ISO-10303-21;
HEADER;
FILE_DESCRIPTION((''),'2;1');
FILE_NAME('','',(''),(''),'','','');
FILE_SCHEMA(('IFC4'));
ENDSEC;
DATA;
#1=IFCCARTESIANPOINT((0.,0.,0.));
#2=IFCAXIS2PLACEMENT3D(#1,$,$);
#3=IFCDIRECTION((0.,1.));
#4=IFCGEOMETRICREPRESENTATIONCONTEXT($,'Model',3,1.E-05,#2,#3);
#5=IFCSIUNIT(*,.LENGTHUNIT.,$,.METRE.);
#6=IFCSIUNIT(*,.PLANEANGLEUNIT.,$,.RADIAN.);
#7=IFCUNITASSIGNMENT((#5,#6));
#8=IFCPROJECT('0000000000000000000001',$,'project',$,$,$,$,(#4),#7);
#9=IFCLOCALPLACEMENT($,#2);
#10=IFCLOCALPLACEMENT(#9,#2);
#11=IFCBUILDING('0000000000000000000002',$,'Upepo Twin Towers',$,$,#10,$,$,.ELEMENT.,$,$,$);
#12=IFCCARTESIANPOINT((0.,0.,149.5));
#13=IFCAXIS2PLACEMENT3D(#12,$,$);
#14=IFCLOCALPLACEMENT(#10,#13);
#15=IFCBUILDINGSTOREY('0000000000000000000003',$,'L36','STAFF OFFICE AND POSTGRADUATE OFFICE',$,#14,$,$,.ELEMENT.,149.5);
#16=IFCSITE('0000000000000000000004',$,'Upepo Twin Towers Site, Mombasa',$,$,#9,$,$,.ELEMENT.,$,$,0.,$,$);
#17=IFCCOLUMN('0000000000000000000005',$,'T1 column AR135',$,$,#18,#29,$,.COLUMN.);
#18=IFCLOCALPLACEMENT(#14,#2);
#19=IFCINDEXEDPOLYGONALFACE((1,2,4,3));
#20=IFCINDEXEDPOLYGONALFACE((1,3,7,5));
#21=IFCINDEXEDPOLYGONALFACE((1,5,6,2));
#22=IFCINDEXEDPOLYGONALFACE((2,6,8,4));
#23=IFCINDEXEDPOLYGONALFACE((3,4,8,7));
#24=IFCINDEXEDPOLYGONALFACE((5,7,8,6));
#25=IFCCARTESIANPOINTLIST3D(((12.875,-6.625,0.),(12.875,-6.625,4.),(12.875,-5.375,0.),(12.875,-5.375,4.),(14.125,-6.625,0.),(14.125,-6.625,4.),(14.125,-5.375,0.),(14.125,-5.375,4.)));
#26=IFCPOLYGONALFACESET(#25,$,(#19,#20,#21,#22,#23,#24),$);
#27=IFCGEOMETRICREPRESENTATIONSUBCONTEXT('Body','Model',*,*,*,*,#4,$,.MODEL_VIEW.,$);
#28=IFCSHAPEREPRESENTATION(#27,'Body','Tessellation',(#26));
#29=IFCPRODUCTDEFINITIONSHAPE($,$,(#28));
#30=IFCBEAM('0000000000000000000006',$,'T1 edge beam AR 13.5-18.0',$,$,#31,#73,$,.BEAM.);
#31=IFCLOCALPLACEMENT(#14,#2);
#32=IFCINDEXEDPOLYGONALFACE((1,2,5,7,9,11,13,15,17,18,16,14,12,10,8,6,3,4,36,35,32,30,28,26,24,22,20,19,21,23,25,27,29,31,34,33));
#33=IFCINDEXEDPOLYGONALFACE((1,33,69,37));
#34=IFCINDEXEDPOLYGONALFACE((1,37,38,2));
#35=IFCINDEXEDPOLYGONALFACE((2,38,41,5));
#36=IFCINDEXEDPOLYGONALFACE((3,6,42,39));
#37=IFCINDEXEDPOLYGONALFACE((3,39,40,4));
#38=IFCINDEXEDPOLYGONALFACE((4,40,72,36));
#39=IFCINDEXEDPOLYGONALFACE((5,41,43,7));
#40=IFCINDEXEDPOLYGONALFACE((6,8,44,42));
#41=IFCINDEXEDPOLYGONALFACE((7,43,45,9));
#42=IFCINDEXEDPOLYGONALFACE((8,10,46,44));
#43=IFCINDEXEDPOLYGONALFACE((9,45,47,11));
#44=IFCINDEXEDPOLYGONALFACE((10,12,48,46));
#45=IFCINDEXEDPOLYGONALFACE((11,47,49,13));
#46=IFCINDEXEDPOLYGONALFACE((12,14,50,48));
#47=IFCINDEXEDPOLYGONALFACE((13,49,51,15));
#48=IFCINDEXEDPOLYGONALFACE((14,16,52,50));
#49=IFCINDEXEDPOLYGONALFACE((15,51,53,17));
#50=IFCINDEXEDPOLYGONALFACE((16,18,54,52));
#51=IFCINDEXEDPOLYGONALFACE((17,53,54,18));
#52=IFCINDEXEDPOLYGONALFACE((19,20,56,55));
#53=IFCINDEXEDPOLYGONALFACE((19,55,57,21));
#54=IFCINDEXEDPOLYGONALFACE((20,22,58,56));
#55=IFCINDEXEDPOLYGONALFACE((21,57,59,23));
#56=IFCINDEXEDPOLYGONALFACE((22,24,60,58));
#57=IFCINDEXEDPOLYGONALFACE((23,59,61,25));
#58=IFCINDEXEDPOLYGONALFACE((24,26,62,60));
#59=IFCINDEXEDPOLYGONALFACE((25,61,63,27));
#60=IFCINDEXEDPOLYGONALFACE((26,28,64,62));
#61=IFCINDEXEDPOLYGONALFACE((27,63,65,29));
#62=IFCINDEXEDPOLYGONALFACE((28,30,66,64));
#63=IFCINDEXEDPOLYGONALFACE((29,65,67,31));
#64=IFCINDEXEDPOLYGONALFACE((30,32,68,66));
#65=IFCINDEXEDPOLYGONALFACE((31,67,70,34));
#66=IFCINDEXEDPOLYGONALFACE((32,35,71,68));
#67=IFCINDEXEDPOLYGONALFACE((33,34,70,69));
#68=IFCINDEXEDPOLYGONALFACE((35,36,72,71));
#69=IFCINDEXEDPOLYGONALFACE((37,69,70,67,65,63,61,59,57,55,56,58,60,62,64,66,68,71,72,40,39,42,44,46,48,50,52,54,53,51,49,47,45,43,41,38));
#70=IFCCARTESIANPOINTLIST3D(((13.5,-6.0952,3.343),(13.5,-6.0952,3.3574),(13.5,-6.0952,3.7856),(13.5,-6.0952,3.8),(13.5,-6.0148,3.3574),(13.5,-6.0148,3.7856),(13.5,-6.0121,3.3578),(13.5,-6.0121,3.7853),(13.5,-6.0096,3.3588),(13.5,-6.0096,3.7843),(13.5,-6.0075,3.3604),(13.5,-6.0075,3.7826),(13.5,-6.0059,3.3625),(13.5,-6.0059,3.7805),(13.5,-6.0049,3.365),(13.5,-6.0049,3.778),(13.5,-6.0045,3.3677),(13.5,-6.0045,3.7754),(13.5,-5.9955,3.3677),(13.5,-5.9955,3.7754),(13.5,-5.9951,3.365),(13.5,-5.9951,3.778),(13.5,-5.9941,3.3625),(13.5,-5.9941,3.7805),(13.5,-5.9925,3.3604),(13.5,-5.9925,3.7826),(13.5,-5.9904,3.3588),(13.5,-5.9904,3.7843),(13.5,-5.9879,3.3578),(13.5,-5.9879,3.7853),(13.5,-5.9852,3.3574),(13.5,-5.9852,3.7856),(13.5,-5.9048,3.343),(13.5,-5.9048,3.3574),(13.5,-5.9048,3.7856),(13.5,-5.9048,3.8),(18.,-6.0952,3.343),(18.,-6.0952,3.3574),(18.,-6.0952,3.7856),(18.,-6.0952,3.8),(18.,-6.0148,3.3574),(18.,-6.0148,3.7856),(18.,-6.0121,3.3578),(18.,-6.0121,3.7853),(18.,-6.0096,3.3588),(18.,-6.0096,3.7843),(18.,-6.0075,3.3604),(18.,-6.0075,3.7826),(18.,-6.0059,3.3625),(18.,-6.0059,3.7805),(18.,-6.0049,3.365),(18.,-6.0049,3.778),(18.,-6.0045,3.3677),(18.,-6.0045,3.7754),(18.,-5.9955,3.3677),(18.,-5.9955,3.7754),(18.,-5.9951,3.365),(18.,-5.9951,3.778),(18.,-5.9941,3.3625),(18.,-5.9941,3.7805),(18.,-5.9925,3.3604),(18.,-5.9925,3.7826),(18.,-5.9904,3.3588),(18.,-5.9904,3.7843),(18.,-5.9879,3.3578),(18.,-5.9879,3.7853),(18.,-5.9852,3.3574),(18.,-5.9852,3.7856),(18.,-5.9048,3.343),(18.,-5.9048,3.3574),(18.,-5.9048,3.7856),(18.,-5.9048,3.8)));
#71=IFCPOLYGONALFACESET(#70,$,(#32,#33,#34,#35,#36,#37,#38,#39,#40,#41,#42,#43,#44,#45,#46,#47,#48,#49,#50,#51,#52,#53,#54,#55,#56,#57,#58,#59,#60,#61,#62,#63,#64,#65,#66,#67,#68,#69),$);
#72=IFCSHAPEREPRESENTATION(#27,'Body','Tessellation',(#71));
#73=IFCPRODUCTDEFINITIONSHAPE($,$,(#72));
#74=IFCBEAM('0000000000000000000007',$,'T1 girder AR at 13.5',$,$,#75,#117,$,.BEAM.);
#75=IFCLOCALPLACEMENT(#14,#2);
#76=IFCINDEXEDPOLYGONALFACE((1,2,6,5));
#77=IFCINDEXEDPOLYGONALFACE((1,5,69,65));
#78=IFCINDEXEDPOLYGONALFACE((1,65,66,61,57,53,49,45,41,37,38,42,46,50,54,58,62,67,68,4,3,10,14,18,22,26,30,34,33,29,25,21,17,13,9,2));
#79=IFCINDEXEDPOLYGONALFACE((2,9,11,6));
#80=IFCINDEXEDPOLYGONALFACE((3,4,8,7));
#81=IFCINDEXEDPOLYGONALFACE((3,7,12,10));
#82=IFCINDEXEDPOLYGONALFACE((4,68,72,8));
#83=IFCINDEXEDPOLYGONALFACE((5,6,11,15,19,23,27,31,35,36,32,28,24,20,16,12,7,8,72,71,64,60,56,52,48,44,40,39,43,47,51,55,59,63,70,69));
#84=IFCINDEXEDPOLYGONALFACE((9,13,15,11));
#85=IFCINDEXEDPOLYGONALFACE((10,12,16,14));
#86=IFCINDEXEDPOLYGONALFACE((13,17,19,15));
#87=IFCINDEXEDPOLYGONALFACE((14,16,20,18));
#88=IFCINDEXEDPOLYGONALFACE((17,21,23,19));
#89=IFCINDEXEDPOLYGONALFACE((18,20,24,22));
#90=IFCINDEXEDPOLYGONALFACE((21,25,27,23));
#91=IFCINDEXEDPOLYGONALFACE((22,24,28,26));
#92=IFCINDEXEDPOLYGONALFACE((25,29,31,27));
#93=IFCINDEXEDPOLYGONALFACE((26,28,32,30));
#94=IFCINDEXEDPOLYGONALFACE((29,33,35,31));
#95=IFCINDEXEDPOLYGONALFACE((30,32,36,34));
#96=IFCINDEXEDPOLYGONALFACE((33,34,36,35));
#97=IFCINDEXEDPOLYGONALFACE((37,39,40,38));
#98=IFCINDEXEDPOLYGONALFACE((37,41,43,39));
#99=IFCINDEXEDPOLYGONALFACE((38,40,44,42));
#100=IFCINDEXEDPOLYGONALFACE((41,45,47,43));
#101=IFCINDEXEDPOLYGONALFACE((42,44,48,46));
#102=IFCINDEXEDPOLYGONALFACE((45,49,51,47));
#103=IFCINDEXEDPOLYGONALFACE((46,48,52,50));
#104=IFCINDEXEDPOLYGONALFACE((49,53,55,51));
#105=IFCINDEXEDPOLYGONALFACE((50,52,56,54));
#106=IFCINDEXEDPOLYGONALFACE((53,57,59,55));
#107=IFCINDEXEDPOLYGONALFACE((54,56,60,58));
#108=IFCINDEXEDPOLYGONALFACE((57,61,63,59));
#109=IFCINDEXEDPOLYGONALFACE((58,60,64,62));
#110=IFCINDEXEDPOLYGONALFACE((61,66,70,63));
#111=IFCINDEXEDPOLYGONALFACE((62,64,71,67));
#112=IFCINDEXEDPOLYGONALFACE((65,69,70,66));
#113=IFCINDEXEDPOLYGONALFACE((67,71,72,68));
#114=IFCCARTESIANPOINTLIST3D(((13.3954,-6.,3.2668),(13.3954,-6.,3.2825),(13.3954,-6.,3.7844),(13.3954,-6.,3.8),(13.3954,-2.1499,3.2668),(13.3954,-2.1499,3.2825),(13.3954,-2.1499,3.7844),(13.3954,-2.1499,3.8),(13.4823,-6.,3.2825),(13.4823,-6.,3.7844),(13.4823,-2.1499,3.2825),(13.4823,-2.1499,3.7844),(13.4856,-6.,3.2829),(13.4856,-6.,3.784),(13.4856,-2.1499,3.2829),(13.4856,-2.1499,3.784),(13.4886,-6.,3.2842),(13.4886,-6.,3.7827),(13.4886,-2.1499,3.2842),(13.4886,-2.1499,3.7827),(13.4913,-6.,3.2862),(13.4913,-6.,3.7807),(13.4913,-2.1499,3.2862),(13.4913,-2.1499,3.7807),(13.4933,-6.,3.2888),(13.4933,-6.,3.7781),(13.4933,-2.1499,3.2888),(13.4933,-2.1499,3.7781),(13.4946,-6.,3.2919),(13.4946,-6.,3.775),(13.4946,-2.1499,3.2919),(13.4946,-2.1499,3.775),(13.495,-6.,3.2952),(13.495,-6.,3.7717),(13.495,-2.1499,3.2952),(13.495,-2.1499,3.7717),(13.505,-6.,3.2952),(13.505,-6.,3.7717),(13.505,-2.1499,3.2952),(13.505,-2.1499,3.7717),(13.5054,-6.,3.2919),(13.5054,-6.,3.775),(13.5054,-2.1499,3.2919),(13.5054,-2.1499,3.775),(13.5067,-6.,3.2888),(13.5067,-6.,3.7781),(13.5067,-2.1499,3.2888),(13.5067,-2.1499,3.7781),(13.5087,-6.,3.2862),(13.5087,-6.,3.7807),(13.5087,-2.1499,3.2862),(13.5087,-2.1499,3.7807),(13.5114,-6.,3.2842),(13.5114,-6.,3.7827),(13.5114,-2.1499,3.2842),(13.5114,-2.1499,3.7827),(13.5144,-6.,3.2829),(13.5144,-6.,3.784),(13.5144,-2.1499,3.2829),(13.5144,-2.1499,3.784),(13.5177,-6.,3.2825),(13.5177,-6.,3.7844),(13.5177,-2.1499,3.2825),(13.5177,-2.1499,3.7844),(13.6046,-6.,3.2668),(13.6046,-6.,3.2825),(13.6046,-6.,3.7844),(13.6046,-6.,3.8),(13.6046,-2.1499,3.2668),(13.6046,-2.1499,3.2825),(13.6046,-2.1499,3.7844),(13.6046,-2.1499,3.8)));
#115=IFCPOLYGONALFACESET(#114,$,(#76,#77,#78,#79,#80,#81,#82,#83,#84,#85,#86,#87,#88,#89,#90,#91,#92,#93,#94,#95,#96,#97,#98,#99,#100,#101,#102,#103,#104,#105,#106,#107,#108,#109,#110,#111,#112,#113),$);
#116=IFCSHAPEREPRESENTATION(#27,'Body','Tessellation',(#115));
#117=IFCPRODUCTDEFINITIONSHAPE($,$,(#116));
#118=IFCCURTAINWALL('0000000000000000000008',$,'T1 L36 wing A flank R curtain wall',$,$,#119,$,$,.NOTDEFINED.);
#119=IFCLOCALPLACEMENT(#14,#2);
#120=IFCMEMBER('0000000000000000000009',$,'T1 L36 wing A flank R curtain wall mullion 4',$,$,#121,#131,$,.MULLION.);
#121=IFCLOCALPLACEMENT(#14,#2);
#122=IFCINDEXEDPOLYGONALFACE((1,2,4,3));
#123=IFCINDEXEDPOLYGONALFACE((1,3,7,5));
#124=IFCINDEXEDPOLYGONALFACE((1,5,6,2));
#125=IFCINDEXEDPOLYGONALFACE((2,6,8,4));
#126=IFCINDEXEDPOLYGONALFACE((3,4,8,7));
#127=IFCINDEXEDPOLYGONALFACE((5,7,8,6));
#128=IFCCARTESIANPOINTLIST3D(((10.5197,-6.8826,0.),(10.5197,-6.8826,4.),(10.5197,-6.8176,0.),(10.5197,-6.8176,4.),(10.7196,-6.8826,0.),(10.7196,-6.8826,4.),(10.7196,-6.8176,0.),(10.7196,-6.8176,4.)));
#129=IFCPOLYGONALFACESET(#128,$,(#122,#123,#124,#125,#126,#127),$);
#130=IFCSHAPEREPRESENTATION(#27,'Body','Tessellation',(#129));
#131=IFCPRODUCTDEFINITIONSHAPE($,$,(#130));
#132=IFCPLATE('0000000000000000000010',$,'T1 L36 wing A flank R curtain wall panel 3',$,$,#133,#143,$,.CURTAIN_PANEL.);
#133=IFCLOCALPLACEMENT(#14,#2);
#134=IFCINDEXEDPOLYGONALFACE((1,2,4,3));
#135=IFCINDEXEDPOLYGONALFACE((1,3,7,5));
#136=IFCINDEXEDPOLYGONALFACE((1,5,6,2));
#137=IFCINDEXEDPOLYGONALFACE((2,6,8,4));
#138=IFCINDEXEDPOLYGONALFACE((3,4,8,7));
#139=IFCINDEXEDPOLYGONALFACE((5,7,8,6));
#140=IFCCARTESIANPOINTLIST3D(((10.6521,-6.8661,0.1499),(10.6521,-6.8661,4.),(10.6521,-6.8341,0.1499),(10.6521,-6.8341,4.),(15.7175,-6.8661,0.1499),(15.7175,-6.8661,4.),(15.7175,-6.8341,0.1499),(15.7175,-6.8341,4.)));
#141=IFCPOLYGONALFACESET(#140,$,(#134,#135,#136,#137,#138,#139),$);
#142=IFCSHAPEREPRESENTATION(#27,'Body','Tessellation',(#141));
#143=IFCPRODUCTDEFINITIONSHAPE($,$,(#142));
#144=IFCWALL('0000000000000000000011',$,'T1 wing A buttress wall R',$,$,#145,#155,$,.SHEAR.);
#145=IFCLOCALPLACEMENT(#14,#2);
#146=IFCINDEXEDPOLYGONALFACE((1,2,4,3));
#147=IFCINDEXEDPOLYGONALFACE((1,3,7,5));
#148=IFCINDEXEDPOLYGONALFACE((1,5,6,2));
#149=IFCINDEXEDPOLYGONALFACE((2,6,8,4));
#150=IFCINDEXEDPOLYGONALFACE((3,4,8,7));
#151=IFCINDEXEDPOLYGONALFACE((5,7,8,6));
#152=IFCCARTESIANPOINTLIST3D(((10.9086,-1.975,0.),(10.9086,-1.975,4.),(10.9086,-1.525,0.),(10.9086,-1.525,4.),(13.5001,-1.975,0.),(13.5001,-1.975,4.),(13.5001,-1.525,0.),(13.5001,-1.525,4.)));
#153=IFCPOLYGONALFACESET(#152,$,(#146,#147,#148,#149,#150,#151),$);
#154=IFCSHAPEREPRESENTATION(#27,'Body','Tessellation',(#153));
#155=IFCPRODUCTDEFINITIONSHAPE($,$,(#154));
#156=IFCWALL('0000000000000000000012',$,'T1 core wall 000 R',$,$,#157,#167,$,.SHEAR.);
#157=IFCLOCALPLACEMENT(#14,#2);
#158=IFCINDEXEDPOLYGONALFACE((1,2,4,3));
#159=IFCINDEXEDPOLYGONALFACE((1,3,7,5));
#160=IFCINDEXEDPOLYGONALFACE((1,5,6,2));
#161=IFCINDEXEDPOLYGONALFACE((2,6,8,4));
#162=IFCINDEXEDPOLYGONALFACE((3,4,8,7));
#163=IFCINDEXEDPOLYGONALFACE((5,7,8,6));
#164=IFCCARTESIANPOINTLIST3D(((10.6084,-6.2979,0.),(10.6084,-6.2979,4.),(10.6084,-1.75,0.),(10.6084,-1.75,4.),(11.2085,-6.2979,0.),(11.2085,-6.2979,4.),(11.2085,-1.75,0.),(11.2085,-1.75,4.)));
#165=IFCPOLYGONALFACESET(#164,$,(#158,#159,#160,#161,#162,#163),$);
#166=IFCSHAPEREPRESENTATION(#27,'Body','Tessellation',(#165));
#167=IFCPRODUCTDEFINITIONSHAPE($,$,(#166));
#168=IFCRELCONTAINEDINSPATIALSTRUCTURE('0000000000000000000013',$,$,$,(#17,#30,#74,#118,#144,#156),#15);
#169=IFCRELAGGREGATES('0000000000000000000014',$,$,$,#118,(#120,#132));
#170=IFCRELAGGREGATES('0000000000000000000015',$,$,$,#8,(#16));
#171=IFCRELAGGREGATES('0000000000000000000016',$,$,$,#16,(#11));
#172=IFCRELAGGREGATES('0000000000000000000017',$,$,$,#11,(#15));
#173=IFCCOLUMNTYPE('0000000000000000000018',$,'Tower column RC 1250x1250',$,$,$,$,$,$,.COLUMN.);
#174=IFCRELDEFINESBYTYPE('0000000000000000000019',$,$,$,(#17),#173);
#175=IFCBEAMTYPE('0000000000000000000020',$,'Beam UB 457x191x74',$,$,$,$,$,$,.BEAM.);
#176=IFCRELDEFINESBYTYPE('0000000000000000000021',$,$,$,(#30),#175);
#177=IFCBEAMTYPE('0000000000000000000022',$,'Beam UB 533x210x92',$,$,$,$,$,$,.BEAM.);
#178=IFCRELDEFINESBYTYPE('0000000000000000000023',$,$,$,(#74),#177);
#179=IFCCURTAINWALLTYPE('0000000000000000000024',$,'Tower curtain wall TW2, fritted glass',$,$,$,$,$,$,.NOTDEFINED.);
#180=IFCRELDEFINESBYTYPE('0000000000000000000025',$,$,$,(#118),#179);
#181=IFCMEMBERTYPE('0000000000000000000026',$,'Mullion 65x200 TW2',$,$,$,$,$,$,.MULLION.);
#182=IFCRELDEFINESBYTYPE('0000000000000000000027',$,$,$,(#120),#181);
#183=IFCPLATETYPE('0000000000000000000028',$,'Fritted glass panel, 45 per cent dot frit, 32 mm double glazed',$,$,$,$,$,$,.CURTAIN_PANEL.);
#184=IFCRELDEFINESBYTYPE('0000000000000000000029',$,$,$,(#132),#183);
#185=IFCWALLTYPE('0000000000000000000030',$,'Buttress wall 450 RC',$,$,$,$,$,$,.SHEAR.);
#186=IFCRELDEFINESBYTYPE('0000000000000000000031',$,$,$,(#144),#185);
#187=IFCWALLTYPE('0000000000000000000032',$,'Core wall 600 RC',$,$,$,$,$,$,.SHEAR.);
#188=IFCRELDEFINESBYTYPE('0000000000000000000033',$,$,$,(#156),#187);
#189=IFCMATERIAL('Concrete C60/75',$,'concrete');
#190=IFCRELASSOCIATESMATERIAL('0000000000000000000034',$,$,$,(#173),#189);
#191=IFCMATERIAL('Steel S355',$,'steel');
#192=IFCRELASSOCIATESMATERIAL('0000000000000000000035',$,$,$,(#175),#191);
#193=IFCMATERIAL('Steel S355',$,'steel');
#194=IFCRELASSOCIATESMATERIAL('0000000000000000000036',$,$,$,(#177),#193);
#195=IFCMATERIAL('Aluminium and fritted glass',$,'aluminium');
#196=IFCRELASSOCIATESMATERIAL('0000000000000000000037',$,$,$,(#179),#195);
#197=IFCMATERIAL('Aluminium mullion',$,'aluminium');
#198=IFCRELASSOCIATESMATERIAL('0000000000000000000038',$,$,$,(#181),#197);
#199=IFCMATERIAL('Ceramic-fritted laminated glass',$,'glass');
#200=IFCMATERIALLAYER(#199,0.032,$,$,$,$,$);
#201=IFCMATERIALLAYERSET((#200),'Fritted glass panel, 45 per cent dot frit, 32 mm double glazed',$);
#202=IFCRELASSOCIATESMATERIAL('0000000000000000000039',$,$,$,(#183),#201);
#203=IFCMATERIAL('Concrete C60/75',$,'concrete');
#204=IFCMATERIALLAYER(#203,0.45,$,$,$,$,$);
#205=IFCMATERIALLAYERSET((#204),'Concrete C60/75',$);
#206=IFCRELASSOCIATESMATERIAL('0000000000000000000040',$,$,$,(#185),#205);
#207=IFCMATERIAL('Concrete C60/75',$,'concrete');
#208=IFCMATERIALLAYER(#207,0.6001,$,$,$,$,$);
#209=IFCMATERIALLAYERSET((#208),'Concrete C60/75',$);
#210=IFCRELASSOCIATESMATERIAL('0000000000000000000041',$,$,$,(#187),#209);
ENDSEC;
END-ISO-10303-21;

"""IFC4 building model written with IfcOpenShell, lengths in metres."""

from ifc_helpers import new_model, si_unit, direction, frame, frame_2d, origin, origin_2d, place, context, subcontext, project, spatial, rectangle, i_section, extrude, material, layer, layer_set, material_profile, profile_set, type_object, element, aggregate, save


model = new_model("IFC4")

# Units and contexts
model_context = context("Model", 3, precision=1e-05, world=origin(), true_north=direction((0.0, 1.0)))
body_context = subcontext(model_context, "Body", "Model", "MODEL_VIEW")
ifc_project = project(units=[si_unit("LENGTHUNIT", "METRE"), si_unit("PLANEANGLEUNIT", "RADIAN")], contexts=[model_context])

# Site, building, storey
site_placement = place(None, origin())
site = spatial("IfcSite", under=ifc_project, at=site_placement, Name="Upepo Twin Towers Site, Mombasa", CompositionType="ELEMENT", RefElevation=0.0)
building_placement = place(site_placement, origin())
building = spatial("IfcBuilding", under=site, at=building_placement, Name="Upepo Twin Towers", CompositionType="ELEMENT")
storey_placement = place(building_placement, frame((0.0, 0.0, 149.5)))
storey = spatial("IfcBuildingStorey", under=building, at=storey_placement, Name="L36", Description="STAFF OFFICE AND POSTGRADUATE OFFICE", CompositionType="ELEMENT", Elevation=149.5)

# Column
ifc_material_1 = material(Name="Concrete C60/75", Category="concrete")
ifc_material_profile_1 = material_profile(ifc_material_1, rectangle(XDim=1.25, YDim=1.25, at=origin_2d()), Name="RC 1250x1250")
ifc_profile_set_1 = profile_set([ifc_material_profile_1], Name="Concrete C60/75")
column_type = type_object("IfcColumnType", Name="Tower column RC 1250x1250", PredefinedType="COLUMN", material=ifc_profile_set_1)
column_placement = place(storey_placement, frame((13.5, -6.0, 0.0), z_axis=(0.0, 0.0, 1.0), x_axis=(1.0, 0.0, 0.0)))
element("IfcColumn", 1, at=column_placement, inside=storey, type_object=column_type, Name="T1 column AR135", PredefinedType="COLUMN", context=body_context, shape_type="SweptSolid", body=[
    extrude(rectangle(XDim=1.25, YDim=1.25, at=origin_2d()), origin(), (0.0, 0.0, 1.0), 4.0),
])

# Beams
ifc_material_2 = material(Name="Steel S355", Category="steel")
ifc_material_profile_2 = material_profile(ifc_material_2, i_section(OverallWidth=0.1904, OverallDepth=0.457, WebThickness=0.009, FlangeThickness=0.0144, FilletRadius=0.0103, at=origin_2d()), Name="UB 457x191x74")
ifc_profile_set_2 = profile_set([ifc_material_profile_2], Name="Steel S355")
beam_type_1 = type_object("IfcBeamType", Name="Beam UB 457x191x74", PredefinedType="BEAM", material=ifc_profile_set_2)
beam_1_placement = place(storey_placement, frame((13.5, -6.0, 3.5715), z_axis=(1.0, 0.0, 0.0), x_axis=(0.0, 1.0, 0.0)))
element("IfcBeam", 2, at=beam_1_placement, inside=storey, type_object=beam_type_1, Name="T1 edge beam AR 13.5-18.0", PredefinedType="BEAM", context=body_context, shape_type="SweptSolid", body=[
    extrude(i_section(OverallWidth=0.1904, OverallDepth=0.457, WebThickness=0.009, FlangeThickness=0.0144, FilletRadius=0.0103, at=origin_2d()), origin(), (0.0, 0.0, 1.0), 4.5),
])
ifc_material_3 = material(Name="Steel S355", Category="steel")
ifc_material_profile_3 = material_profile(ifc_material_3, i_section(OverallWidth=0.2092, OverallDepth=0.5332, WebThickness=0.01, FlangeThickness=0.0156, FilletRadius=0.0127, at=origin_2d()), Name="UB 533x210x92")
ifc_profile_set_3 = profile_set([ifc_material_profile_3], Name="Steel S355")
beam_type_2 = type_object("IfcBeamType", Name="Beam UB 533x210x92", PredefinedType="BEAM", material=ifc_profile_set_3)
beam_2_placement = place(storey_placement, frame((13.5, -6.0, 3.5334), z_axis=(0.0, 1.0, 0.0), x_axis=(-1.0, 0.0, 0.0)))
element("IfcBeam", 3, at=beam_2_placement, inside=storey, type_object=beam_type_2, Name="T1 girder AR at 13.5", PredefinedType="BEAM", context=body_context, shape_type="SweptSolid", body=[
    extrude(i_section(OverallWidth=0.2092, OverallDepth=0.5332, WebThickness=0.01, FlangeThickness=0.0156, FilletRadius=0.0127, at=origin_2d()), origin(), (0.0, 0.0, 1.0), 3.8501),
])

# Curtain wall, member, plate
ifc_material_4 = material(Name="Aluminium and fritted glass", Category="aluminium")
curtain_wall_type = type_object("IfcCurtainWallType", Name="Tower curtain wall TW2, fritted glass", PredefinedType="NOTDEFINED", material=ifc_material_4)
curtain_wall_placement = place(storey_placement, origin())
curtain_wall = element("IfcCurtainWall", 4, at=curtain_wall_placement, inside=storey, type_object=curtain_wall_type, Name="T1 L36 wing A flank R curtain wall", PredefinedType="NOTDEFINED")
ifc_material_5 = material(Name="Aluminium mullion", Category="aluminium")
ifc_material_profile_4 = material_profile(ifc_material_5, rectangle(XDim=0.0649, YDim=0.2, at=origin_2d()), Name="MULLION 65x200")
ifc_profile_set_4 = profile_set([ifc_material_profile_4], Name="Aluminium mullion")
member_type = type_object("IfcMemberType", Name="Mullion 65x200 TW2", PredefinedType="MULLION", material=ifc_profile_set_4)
member_placement = place(storey_placement, frame((10.6196, -6.8501, 0.0), z_axis=(0.0, 0.0, 1.0), x_axis=(0.0, -1.0, 0.0)))
member = element("IfcMember", 5, at=member_placement, type_object=member_type, Name="T1 L36 wing A flank R curtain wall mullion 4", PredefinedType="MULLION", context=body_context, shape_type="SweptSolid", body=[
    extrude(rectangle(XDim=0.0649, YDim=0.2, at=origin_2d()), origin(), (0.0, 0.0, 1.0), 4.0),
])
ifc_material_6 = material(Name="Ceramic-fritted laminated glass", Category="glass")
ifc_layer_1 = layer(ifc_material_6, 0.032)
ifc_layer_set_1 = layer_set([ifc_layer_1], Name="Fritted glass panel, 45 per cent dot frit, 32 mm double glazed")
plate_type = type_object("IfcPlateType", Name="Fritted glass panel, 45 per cent dot frit, 32 mm double glazed", PredefinedType="CURTAIN_PANEL", material=ifc_layer_set_1)
plate_placement = place(storey_placement, frame((13.1848, -6.8501, 0.1499), z_axis=(0.0, 0.0, 1.0), x_axis=(-1.0, 0.0, 0.0)))
plate = element("IfcPlate", 6, at=plate_placement, type_object=plate_type, Name="T1 L36 wing A flank R curtain wall panel 3", PredefinedType="CURTAIN_PANEL", context=body_context, shape_type="SweptSolid", body=[
    extrude(rectangle(XDim=5.0654, YDim=0.032, at=origin_2d()), origin(), (0.0, 0.0, 1.0), 3.8501),
])
aggregate(curtain_wall, [member, plate])

# Walls
ifc_material_7 = material(Name="Concrete C60/75", Category="concrete")
ifc_layer_2 = layer(ifc_material_7, 0.45)
ifc_layer_set_2 = layer_set([ifc_layer_2], Name="Concrete C60/75")
wall_type_1 = type_object("IfcWallType", Name="Buttress wall 450 RC", PredefinedType="SHEAR", material=ifc_layer_set_2)
wall_1_placement = place(storey_placement, frame((10.9084, -1.75, 0.0), z_axis=(0.0, 0.0, 1.0), x_axis=(1.0, 0.0, 0.0)))
element("IfcWall", 7, at=wall_1_placement, inside=storey, type_object=wall_type_1, Name="T1 wing A buttress wall R", PredefinedType="SHEAR", context=body_context, shape_type="SweptSolid", body=[
    extrude(rectangle(XDim=2.5916, YDim=0.45, at=frame_2d((1.2959, 0.0))), origin(), (0.0, 0.0, 1.0), 4.0),
])
ifc_material_8 = material(Name="Concrete C60/75", Category="concrete")
ifc_layer_3 = layer(ifc_material_8, 0.6001)
ifc_layer_set_3 = layer_set([ifc_layer_3], Name="Concrete C60/75")
wall_type_2 = type_object("IfcWallType", Name="Core wall 600 RC", PredefinedType="SHEAR", material=ifc_layer_set_3)
wall_2_placement = place(storey_placement, frame((10.9084, -6.2979, 0.0), z_axis=(0.0, 0.0, 1.0), x_axis=(0.0, 1.0, 0.0)))
element("IfcWall", 8, at=wall_2_placement, inside=storey, type_object=wall_type_2, Name="T1 core wall 000 R", PredefinedType="SHEAR", context=body_context, shape_type="SweptSolid", body=[
    extrude(rectangle(XDim=4.5479, YDim=0.6001, at=frame_2d((2.2739, 0.0))), origin(), (0.0, 0.0, 1.0), 4.0),
])

save(model, "model.ifc")
